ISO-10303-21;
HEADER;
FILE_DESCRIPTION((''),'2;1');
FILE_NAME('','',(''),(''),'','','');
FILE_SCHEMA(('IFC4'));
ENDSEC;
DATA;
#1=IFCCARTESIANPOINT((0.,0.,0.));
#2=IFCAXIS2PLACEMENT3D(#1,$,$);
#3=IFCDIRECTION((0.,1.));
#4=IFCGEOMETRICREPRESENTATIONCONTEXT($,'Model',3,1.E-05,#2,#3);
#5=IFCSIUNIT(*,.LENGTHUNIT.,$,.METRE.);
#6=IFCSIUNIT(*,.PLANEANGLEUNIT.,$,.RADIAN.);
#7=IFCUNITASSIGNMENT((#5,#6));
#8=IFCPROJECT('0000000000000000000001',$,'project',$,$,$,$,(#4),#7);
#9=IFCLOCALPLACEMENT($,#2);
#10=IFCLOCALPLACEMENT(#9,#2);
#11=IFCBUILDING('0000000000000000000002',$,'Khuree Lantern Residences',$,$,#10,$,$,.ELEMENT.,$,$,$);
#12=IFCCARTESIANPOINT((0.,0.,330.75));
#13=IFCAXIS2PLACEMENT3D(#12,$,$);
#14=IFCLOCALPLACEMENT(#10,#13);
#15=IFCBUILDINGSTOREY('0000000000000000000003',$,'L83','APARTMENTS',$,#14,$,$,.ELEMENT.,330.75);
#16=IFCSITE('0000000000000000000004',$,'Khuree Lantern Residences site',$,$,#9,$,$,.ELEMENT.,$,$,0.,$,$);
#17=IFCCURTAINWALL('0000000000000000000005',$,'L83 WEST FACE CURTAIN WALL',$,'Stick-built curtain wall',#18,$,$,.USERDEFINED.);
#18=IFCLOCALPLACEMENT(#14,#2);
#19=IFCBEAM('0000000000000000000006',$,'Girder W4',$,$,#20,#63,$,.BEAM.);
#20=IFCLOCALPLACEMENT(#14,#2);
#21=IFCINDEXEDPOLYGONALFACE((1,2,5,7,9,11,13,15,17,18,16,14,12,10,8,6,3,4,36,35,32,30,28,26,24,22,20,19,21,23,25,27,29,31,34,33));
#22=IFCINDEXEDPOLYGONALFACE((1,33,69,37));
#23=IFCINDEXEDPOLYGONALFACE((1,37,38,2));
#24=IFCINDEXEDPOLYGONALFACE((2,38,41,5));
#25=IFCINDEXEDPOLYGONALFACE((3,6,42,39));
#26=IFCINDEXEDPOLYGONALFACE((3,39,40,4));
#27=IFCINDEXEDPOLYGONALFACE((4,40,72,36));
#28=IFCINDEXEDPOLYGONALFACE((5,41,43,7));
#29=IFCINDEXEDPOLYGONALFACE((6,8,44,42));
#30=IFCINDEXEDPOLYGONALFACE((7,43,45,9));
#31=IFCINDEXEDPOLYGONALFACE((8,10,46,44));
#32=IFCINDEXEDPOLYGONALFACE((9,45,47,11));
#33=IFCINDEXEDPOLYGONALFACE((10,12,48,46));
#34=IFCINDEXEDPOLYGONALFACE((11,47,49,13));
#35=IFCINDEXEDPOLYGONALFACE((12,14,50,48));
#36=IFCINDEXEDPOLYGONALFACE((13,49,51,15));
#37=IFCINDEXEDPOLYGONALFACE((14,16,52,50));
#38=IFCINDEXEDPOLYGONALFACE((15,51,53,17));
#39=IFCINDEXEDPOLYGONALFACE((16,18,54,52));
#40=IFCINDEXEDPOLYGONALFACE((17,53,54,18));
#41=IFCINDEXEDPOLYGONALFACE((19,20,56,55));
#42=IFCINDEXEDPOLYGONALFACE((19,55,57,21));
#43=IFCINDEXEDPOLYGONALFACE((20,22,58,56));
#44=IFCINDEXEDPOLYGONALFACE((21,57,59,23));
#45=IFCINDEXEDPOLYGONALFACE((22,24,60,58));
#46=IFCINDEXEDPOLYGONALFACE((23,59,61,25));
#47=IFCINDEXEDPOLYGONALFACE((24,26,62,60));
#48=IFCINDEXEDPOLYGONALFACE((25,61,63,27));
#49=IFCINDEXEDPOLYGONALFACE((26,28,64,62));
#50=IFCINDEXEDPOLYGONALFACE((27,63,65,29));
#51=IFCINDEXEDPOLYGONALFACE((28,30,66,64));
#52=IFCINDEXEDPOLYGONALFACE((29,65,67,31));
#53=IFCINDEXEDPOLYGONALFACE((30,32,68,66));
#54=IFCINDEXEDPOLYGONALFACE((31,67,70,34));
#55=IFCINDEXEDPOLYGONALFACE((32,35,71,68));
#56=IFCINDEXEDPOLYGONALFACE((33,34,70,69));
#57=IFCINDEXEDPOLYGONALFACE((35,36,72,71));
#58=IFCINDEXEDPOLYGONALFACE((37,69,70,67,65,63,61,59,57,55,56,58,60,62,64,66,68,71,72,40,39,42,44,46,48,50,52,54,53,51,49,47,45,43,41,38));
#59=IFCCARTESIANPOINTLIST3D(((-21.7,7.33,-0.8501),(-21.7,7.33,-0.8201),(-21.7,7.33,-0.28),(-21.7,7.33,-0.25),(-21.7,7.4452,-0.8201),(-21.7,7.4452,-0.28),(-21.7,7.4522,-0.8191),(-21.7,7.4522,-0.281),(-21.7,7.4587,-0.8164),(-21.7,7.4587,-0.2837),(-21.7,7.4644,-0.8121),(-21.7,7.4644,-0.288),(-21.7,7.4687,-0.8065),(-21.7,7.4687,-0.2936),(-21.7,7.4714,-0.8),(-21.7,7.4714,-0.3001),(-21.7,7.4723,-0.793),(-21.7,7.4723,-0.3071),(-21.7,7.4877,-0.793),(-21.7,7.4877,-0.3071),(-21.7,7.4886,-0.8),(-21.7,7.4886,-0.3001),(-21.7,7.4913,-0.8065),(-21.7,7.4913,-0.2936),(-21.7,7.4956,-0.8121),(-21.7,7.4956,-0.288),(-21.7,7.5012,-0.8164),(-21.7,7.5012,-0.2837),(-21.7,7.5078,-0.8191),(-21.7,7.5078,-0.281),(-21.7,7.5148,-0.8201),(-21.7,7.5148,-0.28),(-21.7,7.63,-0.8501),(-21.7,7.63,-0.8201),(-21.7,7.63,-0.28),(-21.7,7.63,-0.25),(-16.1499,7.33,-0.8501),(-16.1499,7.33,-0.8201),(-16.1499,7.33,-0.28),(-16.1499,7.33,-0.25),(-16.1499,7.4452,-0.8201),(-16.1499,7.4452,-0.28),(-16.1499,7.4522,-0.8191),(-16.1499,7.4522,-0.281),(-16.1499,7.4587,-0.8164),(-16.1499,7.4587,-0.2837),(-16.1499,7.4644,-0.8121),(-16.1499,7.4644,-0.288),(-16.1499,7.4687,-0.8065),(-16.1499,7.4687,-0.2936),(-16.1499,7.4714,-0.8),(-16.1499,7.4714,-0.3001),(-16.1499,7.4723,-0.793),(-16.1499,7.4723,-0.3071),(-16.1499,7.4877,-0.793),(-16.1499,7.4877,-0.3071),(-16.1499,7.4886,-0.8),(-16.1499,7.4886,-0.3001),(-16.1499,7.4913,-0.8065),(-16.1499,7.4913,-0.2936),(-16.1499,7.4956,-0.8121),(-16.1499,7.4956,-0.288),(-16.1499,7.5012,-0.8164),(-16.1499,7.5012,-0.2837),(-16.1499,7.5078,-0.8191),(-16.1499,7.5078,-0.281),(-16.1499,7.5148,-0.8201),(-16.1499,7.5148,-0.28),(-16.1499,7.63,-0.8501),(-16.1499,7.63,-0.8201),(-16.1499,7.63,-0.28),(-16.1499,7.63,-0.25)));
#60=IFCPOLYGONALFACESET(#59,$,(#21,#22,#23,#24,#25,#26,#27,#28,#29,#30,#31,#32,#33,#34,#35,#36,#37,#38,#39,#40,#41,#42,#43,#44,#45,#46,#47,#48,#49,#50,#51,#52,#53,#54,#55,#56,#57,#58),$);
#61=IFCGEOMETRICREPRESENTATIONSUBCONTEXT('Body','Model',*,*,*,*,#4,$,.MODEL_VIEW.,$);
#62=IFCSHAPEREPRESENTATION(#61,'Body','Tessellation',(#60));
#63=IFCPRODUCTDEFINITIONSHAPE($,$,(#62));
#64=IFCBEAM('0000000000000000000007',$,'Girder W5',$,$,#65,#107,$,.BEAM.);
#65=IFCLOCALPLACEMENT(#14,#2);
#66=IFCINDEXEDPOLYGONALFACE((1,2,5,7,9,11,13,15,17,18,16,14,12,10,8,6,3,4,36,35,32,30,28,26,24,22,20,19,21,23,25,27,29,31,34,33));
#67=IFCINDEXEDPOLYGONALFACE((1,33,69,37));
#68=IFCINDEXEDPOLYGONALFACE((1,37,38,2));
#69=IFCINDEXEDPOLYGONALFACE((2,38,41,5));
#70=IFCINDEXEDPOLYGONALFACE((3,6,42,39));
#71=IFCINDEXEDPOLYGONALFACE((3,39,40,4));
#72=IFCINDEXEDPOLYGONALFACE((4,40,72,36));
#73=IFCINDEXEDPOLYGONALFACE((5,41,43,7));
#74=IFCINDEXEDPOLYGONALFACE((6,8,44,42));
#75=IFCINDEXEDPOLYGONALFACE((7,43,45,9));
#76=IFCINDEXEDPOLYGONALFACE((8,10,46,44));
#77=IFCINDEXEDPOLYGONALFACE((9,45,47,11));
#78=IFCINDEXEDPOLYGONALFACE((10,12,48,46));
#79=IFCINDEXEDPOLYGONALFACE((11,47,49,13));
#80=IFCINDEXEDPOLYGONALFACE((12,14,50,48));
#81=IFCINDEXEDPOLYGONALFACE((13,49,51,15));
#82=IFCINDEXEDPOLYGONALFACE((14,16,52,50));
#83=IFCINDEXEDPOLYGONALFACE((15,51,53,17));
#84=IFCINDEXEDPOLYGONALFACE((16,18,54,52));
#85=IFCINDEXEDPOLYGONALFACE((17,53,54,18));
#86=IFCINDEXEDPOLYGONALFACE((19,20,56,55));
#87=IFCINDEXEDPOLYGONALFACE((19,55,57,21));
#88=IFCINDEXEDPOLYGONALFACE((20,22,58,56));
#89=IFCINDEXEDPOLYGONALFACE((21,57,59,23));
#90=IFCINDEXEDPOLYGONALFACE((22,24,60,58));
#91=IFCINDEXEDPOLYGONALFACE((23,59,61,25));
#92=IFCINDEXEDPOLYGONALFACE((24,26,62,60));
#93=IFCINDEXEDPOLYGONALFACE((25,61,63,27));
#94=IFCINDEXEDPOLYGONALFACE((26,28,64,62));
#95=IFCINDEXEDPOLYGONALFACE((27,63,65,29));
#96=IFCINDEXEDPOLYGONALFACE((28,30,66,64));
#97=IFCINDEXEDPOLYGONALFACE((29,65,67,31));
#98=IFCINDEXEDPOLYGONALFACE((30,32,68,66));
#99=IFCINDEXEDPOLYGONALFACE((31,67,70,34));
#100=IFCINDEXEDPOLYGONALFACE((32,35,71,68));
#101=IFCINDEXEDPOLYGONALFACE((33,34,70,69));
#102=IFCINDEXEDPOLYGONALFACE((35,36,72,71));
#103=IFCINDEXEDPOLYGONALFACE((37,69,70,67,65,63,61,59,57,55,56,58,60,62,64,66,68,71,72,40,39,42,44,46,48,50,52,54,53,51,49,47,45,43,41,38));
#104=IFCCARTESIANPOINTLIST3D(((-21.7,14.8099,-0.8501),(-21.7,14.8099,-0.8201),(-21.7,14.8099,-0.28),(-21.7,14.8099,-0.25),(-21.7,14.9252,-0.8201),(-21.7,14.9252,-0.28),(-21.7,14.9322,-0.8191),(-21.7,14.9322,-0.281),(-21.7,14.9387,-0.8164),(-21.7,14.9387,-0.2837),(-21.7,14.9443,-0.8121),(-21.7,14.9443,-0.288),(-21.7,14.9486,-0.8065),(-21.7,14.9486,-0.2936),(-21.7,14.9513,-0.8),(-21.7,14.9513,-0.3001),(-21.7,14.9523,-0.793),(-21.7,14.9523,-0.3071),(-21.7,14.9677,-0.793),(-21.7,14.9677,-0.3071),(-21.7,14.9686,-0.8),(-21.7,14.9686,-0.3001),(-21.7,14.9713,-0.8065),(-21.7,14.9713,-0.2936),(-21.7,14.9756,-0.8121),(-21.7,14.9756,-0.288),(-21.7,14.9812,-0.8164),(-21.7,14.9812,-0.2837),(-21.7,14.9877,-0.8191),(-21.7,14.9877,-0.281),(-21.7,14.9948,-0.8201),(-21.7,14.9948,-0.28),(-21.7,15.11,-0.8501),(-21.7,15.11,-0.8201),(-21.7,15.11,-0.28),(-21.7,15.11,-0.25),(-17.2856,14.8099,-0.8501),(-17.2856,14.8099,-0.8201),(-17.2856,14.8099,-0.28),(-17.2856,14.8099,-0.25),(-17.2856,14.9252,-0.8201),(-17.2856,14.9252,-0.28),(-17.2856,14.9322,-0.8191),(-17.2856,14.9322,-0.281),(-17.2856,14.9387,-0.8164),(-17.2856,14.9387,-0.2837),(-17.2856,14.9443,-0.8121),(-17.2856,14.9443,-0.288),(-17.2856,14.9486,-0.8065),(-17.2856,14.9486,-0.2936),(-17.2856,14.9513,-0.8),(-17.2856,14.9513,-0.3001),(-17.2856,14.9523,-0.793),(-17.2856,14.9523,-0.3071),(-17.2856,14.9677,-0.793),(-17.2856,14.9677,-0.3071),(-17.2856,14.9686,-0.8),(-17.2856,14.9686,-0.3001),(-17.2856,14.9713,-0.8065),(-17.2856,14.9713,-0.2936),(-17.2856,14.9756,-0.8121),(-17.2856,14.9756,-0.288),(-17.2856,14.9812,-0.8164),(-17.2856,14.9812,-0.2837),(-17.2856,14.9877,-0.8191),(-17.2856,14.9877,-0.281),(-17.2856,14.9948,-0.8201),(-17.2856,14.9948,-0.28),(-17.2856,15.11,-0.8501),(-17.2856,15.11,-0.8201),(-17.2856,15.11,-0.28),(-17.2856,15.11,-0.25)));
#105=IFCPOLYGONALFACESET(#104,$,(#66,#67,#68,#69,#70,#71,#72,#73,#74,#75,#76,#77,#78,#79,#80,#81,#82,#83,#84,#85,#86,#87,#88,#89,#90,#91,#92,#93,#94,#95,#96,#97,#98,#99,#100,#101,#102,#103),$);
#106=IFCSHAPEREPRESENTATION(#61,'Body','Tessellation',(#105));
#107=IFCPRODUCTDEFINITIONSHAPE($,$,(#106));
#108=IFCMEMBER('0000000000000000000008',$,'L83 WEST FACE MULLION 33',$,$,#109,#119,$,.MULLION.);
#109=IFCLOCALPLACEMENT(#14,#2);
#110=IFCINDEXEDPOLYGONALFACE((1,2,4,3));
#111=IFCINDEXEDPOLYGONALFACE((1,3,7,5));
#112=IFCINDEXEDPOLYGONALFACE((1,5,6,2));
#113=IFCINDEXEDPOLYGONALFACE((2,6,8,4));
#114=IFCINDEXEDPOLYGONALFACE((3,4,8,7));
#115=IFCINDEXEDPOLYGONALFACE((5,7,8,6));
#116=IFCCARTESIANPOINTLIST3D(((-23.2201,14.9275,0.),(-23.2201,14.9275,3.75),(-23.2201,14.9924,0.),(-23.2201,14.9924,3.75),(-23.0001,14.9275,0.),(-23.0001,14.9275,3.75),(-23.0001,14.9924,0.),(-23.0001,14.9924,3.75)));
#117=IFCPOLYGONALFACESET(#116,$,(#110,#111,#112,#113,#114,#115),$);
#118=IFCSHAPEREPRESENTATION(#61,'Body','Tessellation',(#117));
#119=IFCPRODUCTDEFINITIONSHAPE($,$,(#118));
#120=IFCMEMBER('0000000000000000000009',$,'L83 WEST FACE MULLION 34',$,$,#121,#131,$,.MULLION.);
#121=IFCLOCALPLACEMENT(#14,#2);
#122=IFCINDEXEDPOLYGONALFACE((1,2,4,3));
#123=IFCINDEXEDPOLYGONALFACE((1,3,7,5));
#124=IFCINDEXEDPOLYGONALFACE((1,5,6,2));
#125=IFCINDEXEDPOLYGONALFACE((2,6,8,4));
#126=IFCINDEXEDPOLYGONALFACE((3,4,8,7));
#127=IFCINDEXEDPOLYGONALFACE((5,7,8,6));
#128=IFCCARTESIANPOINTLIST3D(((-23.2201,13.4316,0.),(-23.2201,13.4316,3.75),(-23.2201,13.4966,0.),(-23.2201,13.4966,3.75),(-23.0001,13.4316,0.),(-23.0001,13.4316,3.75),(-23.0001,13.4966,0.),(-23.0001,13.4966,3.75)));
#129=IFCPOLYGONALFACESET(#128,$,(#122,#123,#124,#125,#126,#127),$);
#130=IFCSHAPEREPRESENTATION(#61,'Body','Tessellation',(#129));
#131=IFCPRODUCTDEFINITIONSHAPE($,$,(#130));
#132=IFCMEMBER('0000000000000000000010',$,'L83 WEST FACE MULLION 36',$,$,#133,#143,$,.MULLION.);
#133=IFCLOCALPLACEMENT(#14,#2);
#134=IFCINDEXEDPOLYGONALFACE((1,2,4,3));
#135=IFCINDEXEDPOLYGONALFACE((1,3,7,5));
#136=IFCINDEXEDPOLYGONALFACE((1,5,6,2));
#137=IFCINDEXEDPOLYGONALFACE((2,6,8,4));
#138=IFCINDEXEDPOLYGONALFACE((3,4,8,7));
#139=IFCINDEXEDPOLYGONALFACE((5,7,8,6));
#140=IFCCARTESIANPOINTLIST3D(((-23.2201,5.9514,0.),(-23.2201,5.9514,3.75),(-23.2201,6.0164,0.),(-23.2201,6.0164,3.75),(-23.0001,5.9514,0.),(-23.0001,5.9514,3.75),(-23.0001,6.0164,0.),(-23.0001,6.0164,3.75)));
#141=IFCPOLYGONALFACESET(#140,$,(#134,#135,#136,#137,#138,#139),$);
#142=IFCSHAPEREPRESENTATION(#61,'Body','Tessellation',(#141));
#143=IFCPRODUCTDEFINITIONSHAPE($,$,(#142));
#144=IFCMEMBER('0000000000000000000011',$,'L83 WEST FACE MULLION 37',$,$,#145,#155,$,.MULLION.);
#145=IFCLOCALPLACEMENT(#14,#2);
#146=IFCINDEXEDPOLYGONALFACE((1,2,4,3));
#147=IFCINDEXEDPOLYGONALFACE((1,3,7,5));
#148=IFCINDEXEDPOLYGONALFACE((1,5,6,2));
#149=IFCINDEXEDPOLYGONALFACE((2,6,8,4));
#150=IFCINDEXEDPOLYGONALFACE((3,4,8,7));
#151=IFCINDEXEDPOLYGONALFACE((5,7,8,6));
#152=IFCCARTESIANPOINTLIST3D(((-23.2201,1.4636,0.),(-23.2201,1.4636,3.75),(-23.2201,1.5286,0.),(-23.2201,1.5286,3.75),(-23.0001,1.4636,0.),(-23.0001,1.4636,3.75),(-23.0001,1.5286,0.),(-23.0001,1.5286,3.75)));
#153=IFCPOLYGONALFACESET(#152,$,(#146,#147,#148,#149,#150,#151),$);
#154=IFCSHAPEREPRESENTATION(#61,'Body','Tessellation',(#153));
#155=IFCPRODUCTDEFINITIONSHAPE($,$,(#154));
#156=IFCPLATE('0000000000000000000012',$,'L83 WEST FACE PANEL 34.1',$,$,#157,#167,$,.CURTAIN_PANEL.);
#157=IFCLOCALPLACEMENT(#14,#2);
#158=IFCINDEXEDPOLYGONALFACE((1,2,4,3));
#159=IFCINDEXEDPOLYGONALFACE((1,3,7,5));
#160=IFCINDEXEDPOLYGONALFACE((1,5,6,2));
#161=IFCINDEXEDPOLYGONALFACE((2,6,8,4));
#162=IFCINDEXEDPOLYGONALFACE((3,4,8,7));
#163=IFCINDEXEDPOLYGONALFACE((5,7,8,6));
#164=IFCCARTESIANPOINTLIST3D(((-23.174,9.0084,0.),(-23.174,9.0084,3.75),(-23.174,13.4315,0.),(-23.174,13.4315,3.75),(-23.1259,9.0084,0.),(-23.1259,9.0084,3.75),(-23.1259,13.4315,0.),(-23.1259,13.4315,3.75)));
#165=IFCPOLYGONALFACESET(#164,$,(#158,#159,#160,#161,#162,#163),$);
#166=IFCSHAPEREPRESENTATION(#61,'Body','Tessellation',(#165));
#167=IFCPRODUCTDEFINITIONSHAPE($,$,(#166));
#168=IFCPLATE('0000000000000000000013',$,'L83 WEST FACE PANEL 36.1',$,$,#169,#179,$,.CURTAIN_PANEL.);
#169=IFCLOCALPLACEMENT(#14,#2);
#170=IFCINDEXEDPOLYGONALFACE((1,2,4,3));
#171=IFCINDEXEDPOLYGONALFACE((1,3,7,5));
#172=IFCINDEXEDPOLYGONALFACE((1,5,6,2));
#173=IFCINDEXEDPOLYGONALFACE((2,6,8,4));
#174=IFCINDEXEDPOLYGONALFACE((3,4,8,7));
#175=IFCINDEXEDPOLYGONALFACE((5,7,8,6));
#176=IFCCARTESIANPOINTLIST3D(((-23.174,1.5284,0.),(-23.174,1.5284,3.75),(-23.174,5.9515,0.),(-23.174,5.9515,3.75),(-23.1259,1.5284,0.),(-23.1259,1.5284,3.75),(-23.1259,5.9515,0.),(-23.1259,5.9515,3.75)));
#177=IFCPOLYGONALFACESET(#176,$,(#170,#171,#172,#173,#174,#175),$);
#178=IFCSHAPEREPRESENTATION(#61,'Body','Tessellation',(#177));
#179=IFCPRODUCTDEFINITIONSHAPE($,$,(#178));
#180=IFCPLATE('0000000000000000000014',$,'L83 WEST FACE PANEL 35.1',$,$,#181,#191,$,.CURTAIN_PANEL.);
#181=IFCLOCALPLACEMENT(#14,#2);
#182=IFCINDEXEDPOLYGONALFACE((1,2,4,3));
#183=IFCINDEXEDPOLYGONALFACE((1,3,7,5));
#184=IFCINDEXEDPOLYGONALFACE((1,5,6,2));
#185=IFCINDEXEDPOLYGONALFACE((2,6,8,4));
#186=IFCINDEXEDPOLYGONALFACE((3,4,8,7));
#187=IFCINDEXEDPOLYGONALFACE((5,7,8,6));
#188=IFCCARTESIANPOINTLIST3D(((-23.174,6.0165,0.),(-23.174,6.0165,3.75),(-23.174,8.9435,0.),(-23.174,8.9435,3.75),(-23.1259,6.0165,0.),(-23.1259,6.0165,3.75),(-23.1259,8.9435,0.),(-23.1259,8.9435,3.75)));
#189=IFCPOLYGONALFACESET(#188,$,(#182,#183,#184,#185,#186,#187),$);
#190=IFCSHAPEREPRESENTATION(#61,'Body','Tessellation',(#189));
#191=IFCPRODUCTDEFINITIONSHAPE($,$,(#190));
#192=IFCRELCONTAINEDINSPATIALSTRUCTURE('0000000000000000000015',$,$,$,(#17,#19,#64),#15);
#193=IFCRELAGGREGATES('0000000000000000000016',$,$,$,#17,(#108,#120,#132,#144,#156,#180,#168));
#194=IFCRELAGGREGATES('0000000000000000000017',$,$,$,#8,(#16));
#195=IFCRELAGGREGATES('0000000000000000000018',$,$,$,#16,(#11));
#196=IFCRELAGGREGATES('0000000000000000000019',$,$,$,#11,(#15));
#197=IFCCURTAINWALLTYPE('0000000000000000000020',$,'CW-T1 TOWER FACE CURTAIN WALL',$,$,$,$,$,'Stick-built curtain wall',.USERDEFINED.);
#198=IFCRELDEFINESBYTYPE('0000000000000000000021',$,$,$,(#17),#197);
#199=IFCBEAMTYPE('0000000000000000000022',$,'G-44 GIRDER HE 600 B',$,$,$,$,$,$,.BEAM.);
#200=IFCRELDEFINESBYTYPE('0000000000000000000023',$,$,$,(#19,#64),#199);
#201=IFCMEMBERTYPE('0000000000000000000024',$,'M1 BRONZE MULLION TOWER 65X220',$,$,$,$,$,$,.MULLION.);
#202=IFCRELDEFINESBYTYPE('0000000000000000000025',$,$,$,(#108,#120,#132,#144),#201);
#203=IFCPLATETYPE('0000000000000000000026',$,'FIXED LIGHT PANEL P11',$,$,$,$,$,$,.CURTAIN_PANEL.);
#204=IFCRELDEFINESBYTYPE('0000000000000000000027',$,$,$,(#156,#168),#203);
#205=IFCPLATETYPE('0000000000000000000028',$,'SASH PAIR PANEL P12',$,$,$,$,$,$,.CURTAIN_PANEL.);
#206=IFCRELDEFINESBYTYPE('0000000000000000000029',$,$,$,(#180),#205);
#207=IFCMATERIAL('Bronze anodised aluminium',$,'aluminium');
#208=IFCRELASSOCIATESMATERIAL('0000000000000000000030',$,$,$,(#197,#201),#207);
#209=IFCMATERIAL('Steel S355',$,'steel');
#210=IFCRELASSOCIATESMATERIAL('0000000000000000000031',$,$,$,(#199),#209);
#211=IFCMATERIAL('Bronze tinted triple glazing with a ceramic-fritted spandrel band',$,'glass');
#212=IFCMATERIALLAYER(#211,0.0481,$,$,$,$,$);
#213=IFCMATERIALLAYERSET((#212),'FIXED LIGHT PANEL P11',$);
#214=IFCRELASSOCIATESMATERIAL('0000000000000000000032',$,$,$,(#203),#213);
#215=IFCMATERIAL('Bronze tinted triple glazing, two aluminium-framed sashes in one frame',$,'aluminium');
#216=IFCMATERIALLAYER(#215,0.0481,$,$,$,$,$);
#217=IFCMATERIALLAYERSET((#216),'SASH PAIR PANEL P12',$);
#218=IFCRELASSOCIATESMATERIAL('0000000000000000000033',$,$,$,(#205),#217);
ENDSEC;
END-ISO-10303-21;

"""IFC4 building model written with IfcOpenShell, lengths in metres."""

from ifc_helpers import new_model, si_unit, direction, frame, origin, origin_2d, place, context, subcontext, project, spatial, rectangle, i_section, extrude, material, layer, layer_set, material_profile, profile_set, type_object, element, aggregate, save


model = new_model("IFC4")

# Units and contexts
model_context = context("Model", 3, precision=1e-05, world=origin(), true_north=direction((0.0, 1.0)))
body_context = subcontext(model_context, "Body", "Model", "MODEL_VIEW")
ifc_project = project(units=[si_unit("LENGTHUNIT", "METRE"), si_unit("PLANEANGLEUNIT", "RADIAN")], contexts=[model_context])

# Site, building, storey
site_placement = place(None, origin())
site = spatial("IfcSite", under=ifc_project, at=site_placement, Name="Khuree Lantern Residences site", CompositionType="ELEMENT", RefElevation=0.0)
building_placement = place(site_placement, origin())
building = spatial("IfcBuilding", under=site, at=building_placement, Name="Khuree Lantern Residences", CompositionType="ELEMENT")
storey_placement = place(building_placement, frame((0.0, 0.0, 330.75)))
storey = spatial("IfcBuildingStorey", under=building, at=storey_placement, Name="L83", Description="APARTMENTS", CompositionType="ELEMENT", Elevation=330.75)

# Shared definitions
ifc_material_1 = material(Name="Steel S355", Category="steel")

# Curtain wall
ifc_material_2 = material(Name="Bronze anodised aluminium", Category="aluminium")
curtain_wall_type = type_object("IfcCurtainWallType", Name="CW-T1 TOWER FACE CURTAIN WALL", ElementType="Stick-built curtain wall", PredefinedType="USERDEFINED", material=ifc_material_2)
curtain_wall_placement = place(storey_placement, origin())
curtain_wall = element("IfcCurtainWall", 1, at=curtain_wall_placement, inside=storey, type_object=curtain_wall_type, Name="L83 WEST FACE CURTAIN WALL", ObjectType="Stick-built curtain wall", PredefinedType="USERDEFINED")

# Beams
ifc_material_profile_1 = material_profile(ifc_material_1, i_section(OverallWidth=0.3, OverallDepth=0.6001, WebThickness=0.0154, FlangeThickness=0.03, FilletRadius=0.0271, at=origin_2d()), Name="HE 600 B")
ifc_profile_set_1 = profile_set([ifc_material_profile_1], Name="Steel S355")
beam_type_1 = type_object("IfcBeamType", Name="G-44 GIRDER HE 600 B", PredefinedType="BEAM", material=ifc_profile_set_1)
for number, where, z_axis, x_axis, name in (
    (2, (-21.7, 7.48, -0.55), (1.0, 0.0, 0.0), (0.0, 1.0, 0.0), "Girder W4"),
):
    element("IfcBeam", number, at=place(storey_placement, frame(where, z_axis=z_axis, x_axis=x_axis)), inside=storey, type_object=beam_type_1, Name=name, PredefinedType="BEAM", context=body_context, shape_type="SweptSolid", body=[
        extrude(i_section(OverallWidth=0.3, OverallDepth=0.6001, WebThickness=0.0154, FlangeThickness=0.03, FilletRadius=0.0271, at=origin_2d()), origin(), (0.0, 0.0, 1.0), 5.55),
    ])
beam_1_placement = place(storey_placement, frame((-21.7, 14.96, -0.55), z_axis=(1.0, 0.0, 0.0), x_axis=(0.0, 1.0, 0.0)))
element("IfcBeam", 3, at=beam_1_placement, inside=storey, type_object=beam_type_1, Name="Girder W5", PredefinedType="BEAM", context=body_context, shape_type="SweptSolid", body=[
    extrude(i_section(OverallWidth=0.3, OverallDepth=0.6001, WebThickness=0.0154, FlangeThickness=0.03, FilletRadius=0.0271, at=origin_2d()), origin(), (0.0, 0.0, 1.0), 4.4143),
])

# Members
ifc_material_profile_2 = material_profile(ifc_material_2, rectangle(XDim=0.0649, YDim=0.22, at=origin_2d()), Name="M1 65X220")
ifc_profile_set_2 = profile_set([ifc_material_profile_2], Name="Bronze anodised aluminium")
member_type_1 = type_object("IfcMemberType", Name="M1 BRONZE MULLION TOWER 65X220", PredefinedType="MULLION", material=ifc_profile_set_2)
member_1_placement = place(storey_placement, frame((-23.1101, 14.96, 0.0), z_axis=(0.0, 0.0, 1.0), x_axis=(0.0, -1.0, 0.0)))
member_1 = element("IfcMember", 4, at=member_1_placement, type_object=member_type_1, Name="L83 WEST FACE MULLION 33", PredefinedType="MULLION", context=body_context, shape_type="SweptSolid", body=[
    extrude(rectangle(XDim=0.0649, YDim=0.22, at=origin_2d()), origin(), (0.0, 0.0, 1.0), 3.75),
])
member_2_placement = place(storey_placement, frame((-23.1101, 13.4641, 0.0), z_axis=(0.0, 0.0, 1.0), x_axis=(0.0, -1.0, 0.0)))
member_2 = element("IfcMember", 5, at=member_2_placement, type_object=member_type_1, Name="L83 WEST FACE MULLION 34", PredefinedType="MULLION", context=body_context, shape_type="SweptSolid", body=[
    extrude(rectangle(XDim=0.0649, YDim=0.22, at=origin_2d()), origin(), (0.0, 0.0, 1.0), 3.75),
])
member_3_placement = place(storey_placement, frame((-23.1101, 5.9839, 0.0), z_axis=(0.0, 0.0, 1.0), x_axis=(0.0, -1.0, 0.0)))
member_3 = element("IfcMember", 6, at=member_3_placement, type_object=member_type_1, Name="L83 WEST FACE MULLION 36", PredefinedType="MULLION", context=body_context, shape_type="SweptSolid", body=[
    extrude(rectangle(XDim=0.0649, YDim=0.22, at=origin_2d()), origin(), (0.0, 0.0, 1.0), 3.75),
])
member_4_placement = place(storey_placement, frame((-23.1101, 1.4961, 0.0), z_axis=(0.0, 0.0, 1.0), x_axis=(0.0, -1.0, 0.0)))
member_4 = element("IfcMember", 7, at=member_4_placement, type_object=member_type_1, Name="L83 WEST FACE MULLION 37", PredefinedType="MULLION", context=body_context, shape_type="SweptSolid", body=[
    extrude(rectangle(XDim=0.0649, YDim=0.22, at=origin_2d()), origin(), (0.0, 0.0, 1.0), 3.75),
])

# Plates
ifc_material_3 = material(Name="Bronze tinted triple glazing with a ceramic-fritted spandrel band", Category="glass")
ifc_layer_1 = layer(ifc_material_3, 0.0481)
ifc_layer_set_1 = layer_set([ifc_layer_1], Name="FIXED LIGHT PANEL P11")
plate_type_1 = type_object("IfcPlateType", Name="FIXED LIGHT PANEL P11", PredefinedType="CURTAIN_PANEL", material=ifc_layer_set_1)
plate_1_placement = place(storey_placement, frame((-23.1499, 11.22, 0.0), z_axis=(0.0, 0.0, 1.0), x_axis=(0.0, -1.0, 0.0)))
plate_1 = element("IfcPlate", 8, at=plate_1_placement, type_object=plate_type_1, Name="L83 WEST FACE PANEL 34.1", PredefinedType="CURTAIN_PANEL", context=body_context, shape_type="SweptSolid", body=[
    extrude(rectangle(XDim=4.4231, YDim=0.0481, at=origin_2d()), origin(), (0.0, 0.0, 1.0), 3.75),
])
plate_2_placement = place(storey_placement, frame((-23.1499, 3.74, 0.0), z_axis=(0.0, 0.0, 1.0), x_axis=(0.0, -1.0, 0.0)))
plate_2 = element("IfcPlate", 9, at=plate_2_placement, type_object=plate_type_1, Name="L83 WEST FACE PANEL 36.1", PredefinedType="CURTAIN_PANEL", context=body_context, shape_type="SweptSolid", body=[
    extrude(rectangle(XDim=4.4231, YDim=0.0481, at=origin_2d()), origin(), (0.0, 0.0, 1.0), 3.75),
])
ifc_material_4 = material(Name="Bronze tinted triple glazing, two aluminium-framed sashes in one frame", Category="aluminium")
ifc_layer_2 = layer(ifc_material_4, 0.0481)
ifc_layer_set_2 = layer_set([ifc_layer_2], Name="SASH PAIR PANEL P12")
plate_type_2 = type_object("IfcPlateType", Name="SASH PAIR PANEL P12", PredefinedType="CURTAIN_PANEL", material=ifc_layer_set_2)
plate_3_placement = place(storey_placement, frame((-23.1499, 7.48, 0.0), z_axis=(0.0, 0.0, 1.0), x_axis=(0.0, -1.0, 0.0)))
plate_3 = element("IfcPlate", 10, at=plate_3_placement, type_object=plate_type_2, Name="L83 WEST FACE PANEL 35.1", PredefinedType="CURTAIN_PANEL", context=body_context, shape_type="SweptSolid", body=[
    extrude(rectangle(XDim=2.927, YDim=0.0481, at=origin_2d()), origin(), (0.0, 0.0, 1.0), 3.75),
])
aggregate(curtain_wall, [member_1, member_2, member_3, member_4, plate_1, plate_3, plate_2])

save(model, "model.ifc")
